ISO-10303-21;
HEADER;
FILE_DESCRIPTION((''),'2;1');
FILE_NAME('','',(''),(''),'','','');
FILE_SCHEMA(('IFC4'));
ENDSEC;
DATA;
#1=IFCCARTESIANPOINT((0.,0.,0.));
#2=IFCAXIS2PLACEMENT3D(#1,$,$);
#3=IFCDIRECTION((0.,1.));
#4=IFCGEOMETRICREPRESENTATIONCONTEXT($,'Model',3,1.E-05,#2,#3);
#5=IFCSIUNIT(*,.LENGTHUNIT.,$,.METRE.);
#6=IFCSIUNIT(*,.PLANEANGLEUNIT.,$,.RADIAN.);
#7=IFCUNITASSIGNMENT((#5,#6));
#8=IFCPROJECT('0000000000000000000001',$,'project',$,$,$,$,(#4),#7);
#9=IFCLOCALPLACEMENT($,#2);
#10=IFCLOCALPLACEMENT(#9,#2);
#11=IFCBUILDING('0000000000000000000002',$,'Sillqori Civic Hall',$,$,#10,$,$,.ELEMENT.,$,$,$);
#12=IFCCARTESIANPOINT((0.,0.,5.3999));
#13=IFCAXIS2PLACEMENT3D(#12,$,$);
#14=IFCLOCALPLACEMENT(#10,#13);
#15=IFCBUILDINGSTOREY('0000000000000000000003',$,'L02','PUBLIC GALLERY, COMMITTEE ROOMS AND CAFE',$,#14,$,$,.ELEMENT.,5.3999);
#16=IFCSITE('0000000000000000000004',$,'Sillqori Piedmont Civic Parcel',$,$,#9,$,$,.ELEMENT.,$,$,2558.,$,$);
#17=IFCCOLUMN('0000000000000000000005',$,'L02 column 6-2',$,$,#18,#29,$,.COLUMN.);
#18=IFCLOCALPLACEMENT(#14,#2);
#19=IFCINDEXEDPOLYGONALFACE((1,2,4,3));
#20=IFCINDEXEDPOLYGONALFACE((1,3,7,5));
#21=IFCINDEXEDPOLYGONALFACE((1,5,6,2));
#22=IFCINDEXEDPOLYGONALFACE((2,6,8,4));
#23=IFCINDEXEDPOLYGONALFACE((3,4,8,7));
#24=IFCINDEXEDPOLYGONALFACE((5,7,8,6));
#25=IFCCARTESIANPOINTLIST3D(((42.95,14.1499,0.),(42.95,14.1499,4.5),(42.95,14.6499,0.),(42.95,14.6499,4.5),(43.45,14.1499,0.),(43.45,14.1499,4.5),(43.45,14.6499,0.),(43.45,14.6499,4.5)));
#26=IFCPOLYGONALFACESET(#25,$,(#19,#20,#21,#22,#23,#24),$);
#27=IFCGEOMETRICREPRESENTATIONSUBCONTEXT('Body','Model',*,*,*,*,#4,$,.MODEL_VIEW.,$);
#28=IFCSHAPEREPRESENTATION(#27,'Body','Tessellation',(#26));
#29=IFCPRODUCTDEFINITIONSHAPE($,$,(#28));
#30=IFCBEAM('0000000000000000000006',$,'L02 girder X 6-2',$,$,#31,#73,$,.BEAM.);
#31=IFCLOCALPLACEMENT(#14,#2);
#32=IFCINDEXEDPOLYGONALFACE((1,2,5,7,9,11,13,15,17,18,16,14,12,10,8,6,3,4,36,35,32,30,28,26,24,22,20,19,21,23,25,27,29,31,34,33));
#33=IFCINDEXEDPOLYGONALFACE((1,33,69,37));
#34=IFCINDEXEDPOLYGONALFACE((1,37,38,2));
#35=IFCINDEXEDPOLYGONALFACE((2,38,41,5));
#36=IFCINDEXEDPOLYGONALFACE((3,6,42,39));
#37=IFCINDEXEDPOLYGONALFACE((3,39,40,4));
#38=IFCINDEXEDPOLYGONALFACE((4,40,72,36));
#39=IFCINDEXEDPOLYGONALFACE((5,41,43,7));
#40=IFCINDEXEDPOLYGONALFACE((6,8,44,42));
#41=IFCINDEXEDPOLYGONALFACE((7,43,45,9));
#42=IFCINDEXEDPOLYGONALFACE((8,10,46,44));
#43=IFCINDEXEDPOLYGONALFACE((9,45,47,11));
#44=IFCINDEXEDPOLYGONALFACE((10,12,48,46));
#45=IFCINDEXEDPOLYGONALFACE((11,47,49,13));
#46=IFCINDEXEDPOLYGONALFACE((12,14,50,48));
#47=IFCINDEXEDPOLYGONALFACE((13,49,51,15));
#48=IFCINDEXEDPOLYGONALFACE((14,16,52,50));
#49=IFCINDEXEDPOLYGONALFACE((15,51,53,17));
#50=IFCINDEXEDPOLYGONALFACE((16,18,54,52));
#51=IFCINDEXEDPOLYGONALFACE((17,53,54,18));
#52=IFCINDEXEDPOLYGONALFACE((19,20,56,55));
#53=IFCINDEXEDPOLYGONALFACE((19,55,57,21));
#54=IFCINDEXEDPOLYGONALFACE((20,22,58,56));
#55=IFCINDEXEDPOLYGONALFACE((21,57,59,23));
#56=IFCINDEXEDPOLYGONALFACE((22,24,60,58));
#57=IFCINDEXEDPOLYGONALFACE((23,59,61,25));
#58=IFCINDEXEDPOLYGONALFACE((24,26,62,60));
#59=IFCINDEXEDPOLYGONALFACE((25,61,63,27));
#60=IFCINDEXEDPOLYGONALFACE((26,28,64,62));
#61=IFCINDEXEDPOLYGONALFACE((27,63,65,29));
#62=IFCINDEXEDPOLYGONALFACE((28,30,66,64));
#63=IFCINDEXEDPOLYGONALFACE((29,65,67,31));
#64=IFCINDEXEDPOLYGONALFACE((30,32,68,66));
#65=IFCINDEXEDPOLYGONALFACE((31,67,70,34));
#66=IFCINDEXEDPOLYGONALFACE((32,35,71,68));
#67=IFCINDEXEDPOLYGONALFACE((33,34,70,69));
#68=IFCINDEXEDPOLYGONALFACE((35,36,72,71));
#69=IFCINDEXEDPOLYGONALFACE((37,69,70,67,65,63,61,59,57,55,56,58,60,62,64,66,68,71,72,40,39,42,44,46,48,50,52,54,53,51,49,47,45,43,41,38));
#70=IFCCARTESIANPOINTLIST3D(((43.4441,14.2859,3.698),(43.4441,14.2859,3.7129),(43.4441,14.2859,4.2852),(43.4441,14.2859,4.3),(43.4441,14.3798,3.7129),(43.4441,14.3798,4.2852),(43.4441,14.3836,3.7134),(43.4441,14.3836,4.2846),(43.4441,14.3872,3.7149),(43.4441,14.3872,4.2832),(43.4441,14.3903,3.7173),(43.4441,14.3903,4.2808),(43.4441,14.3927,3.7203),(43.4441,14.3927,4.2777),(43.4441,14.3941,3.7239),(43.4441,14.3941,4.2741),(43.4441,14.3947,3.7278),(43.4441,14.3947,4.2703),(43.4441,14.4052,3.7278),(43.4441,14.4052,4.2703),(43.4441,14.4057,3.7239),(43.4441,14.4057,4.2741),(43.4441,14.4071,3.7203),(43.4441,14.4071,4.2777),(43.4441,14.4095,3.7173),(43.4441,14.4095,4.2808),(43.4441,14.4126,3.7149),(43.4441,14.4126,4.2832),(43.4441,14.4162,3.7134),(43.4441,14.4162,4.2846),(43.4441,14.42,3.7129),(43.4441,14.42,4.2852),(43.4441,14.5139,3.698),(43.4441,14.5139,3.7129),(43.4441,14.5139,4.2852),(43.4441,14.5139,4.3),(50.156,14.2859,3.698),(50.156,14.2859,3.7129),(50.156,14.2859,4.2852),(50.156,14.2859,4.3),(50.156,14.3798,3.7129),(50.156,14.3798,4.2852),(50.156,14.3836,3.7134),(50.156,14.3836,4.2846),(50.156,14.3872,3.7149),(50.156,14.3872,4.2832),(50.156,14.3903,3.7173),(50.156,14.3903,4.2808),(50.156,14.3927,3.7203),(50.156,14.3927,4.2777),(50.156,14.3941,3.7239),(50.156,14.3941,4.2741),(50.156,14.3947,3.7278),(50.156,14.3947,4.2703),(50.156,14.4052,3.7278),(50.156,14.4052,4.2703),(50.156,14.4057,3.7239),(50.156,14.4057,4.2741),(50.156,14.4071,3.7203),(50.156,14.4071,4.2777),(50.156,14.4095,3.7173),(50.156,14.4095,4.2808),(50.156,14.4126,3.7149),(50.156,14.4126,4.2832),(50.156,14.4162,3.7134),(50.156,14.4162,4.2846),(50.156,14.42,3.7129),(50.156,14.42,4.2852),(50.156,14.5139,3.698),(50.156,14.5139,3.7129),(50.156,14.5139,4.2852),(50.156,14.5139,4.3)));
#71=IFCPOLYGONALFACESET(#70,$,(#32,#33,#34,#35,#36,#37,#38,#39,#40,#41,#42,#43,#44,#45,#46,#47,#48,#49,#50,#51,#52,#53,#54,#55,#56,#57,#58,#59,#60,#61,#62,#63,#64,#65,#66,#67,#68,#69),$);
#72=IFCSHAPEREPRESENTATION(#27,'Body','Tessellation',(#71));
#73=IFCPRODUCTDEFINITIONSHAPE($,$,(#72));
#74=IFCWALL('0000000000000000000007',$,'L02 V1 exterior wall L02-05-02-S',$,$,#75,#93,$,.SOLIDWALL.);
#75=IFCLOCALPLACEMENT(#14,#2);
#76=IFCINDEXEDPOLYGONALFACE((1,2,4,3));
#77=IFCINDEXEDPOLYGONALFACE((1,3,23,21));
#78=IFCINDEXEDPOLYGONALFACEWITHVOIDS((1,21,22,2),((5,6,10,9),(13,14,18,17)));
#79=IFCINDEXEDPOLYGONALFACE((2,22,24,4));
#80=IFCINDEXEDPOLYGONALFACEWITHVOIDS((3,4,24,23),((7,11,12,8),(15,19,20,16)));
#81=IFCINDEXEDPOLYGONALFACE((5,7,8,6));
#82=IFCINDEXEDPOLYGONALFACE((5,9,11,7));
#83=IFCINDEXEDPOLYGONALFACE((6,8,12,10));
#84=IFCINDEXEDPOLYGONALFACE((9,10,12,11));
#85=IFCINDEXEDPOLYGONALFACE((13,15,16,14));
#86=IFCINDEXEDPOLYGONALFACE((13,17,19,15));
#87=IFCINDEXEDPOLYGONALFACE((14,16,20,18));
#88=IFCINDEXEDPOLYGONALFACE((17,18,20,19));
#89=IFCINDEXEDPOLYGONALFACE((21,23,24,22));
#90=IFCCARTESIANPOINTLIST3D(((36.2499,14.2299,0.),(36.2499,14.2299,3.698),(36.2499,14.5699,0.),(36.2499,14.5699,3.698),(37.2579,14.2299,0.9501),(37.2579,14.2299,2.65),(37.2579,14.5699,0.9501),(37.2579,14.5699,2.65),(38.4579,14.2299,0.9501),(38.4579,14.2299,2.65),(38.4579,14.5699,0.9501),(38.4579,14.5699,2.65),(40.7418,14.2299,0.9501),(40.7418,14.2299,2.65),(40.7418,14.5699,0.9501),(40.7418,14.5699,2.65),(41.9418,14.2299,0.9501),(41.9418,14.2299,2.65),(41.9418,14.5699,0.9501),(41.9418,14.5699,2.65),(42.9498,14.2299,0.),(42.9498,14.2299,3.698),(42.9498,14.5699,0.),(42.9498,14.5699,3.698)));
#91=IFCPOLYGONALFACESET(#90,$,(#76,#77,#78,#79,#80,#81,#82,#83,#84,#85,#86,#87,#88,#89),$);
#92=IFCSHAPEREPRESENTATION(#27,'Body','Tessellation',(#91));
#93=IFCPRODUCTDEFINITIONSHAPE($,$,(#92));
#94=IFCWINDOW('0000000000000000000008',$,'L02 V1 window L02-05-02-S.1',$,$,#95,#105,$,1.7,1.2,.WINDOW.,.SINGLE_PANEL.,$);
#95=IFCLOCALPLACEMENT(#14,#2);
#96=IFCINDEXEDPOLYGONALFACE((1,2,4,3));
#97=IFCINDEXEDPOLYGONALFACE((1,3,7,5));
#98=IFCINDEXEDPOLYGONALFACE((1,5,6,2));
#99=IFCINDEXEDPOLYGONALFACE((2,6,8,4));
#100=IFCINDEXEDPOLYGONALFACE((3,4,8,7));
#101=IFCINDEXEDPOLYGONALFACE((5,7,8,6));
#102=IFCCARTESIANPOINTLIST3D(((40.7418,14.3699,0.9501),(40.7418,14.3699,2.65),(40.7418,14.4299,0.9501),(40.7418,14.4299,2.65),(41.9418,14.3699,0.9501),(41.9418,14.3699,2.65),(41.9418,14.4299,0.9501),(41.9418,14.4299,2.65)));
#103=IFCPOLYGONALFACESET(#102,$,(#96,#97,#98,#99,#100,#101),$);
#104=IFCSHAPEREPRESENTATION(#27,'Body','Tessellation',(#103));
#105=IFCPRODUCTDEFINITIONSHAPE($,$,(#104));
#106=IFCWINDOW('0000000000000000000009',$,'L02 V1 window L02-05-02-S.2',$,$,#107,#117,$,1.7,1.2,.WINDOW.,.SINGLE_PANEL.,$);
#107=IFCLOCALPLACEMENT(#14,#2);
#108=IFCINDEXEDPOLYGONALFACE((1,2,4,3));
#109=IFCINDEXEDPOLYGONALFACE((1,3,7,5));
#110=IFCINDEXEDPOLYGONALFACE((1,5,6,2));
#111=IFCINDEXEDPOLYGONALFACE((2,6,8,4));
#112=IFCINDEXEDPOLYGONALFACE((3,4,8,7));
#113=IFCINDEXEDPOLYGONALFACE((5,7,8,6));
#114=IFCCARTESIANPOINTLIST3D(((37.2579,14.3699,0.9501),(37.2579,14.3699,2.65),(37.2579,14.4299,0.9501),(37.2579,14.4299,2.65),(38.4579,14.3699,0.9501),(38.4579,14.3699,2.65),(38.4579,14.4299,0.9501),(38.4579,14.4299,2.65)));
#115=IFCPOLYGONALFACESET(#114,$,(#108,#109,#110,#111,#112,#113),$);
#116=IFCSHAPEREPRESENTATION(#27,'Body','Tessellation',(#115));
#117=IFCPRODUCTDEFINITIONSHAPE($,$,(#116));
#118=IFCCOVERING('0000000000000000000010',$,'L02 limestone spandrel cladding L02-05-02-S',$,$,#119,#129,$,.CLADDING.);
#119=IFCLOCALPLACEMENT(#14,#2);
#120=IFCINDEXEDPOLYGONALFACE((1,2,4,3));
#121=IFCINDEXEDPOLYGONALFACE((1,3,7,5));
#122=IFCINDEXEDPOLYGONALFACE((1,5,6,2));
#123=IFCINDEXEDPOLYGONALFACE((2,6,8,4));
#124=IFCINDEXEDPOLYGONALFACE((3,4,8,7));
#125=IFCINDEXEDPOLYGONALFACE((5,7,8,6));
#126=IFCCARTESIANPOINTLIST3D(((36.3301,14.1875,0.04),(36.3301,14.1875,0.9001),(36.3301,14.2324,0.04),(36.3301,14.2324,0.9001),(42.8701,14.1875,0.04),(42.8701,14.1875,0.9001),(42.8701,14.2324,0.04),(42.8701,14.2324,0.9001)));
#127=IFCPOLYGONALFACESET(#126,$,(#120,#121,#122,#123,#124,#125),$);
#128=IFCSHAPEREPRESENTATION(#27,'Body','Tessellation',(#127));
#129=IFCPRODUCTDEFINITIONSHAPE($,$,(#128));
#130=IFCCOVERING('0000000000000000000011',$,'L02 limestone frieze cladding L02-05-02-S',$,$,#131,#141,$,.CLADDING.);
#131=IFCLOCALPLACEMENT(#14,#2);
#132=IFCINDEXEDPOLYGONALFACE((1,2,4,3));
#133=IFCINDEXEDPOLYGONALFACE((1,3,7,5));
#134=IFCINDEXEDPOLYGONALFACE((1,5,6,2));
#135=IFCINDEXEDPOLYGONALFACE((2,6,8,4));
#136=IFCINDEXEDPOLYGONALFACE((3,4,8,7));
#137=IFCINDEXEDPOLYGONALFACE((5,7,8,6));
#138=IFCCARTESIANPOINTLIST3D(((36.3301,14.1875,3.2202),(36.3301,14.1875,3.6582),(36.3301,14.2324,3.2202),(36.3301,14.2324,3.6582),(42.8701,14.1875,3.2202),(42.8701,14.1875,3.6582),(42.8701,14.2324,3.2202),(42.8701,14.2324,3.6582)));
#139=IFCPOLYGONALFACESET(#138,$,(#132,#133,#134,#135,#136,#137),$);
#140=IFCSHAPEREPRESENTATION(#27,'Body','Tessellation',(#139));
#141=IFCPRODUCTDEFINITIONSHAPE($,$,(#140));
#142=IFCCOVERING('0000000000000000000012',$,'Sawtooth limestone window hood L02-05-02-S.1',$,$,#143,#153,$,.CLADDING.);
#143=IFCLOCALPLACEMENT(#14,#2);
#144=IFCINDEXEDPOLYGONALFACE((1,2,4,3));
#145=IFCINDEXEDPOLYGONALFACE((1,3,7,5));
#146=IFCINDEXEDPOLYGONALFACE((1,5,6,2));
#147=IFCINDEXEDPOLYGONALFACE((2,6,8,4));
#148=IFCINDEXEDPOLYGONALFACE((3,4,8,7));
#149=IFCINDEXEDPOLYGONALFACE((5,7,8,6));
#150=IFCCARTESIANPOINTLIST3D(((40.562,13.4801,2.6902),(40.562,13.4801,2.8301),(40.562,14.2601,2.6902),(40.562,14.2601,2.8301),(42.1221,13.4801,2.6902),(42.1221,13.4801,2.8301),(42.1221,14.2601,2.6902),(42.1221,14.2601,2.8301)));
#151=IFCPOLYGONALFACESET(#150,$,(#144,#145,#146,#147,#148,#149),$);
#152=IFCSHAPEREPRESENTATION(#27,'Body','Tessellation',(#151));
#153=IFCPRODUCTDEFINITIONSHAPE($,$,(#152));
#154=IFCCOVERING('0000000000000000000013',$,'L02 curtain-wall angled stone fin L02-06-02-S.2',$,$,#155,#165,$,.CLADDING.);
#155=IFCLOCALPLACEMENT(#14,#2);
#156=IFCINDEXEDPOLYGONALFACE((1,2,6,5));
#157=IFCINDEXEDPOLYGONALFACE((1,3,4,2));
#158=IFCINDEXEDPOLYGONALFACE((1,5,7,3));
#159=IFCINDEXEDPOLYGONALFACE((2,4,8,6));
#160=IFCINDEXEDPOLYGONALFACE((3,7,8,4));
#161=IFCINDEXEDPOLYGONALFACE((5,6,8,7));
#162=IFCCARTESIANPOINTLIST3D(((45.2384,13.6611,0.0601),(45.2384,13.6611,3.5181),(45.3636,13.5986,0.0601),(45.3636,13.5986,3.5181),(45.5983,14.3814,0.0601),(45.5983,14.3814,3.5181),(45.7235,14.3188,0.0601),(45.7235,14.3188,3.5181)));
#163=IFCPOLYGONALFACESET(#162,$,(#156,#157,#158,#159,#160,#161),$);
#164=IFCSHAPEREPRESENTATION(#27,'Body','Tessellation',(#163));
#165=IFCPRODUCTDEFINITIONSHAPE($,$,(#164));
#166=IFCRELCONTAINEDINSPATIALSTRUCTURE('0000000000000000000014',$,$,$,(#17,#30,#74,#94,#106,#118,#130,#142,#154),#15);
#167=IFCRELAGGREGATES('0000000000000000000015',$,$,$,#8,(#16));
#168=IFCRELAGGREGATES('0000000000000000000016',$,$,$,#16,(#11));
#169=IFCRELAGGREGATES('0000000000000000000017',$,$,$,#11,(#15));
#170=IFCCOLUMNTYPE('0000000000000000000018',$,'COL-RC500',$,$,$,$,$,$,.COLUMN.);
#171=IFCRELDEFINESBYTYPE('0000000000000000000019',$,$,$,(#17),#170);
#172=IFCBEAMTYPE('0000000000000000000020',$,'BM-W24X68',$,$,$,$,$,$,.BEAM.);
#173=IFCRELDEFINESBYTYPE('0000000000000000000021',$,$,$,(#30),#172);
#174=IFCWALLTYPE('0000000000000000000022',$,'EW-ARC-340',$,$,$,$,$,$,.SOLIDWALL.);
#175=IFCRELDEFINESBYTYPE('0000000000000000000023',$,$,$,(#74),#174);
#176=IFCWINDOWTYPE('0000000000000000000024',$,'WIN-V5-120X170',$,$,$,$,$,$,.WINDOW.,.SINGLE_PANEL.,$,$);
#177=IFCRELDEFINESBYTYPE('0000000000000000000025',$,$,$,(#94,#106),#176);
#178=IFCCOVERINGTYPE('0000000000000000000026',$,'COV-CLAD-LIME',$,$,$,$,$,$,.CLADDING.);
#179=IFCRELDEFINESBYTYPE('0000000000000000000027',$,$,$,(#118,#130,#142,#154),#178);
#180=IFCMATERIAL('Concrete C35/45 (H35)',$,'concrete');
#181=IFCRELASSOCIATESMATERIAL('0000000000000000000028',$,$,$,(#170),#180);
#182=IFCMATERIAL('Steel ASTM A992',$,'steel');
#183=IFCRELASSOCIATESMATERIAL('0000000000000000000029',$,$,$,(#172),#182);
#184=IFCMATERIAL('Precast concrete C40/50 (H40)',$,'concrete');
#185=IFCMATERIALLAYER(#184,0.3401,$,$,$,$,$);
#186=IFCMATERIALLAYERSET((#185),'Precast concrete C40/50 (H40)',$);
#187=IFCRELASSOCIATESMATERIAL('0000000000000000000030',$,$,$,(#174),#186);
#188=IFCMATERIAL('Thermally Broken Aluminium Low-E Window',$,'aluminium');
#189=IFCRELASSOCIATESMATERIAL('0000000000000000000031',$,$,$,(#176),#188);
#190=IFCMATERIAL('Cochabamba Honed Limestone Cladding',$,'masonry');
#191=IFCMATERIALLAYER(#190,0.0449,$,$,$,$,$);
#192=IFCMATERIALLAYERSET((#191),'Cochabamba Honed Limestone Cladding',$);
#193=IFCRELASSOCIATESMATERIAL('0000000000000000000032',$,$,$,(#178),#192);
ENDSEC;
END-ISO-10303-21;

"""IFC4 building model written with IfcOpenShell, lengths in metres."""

from ifc_helpers import new_model, si_unit, direction, frame, frame_2d, origin, origin_2d, place, context, subcontext, project, spatial, rectangle, i_section, extrude, material, layer, layer_set, material_profile, profile_set, type_object, element, fill, save


model = new_model("IFC4")

# Units and contexts
model_context = context("Model", 3, precision=1e-05, world=origin(), true_north=direction((0.0, 1.0)))
body_context = subcontext(model_context, "Body", "Model", "MODEL_VIEW")
ifc_project = project(units=[si_unit("LENGTHUNIT", "METRE"), si_unit("PLANEANGLEUNIT", "RADIAN")], contexts=[model_context])

# Site, building, storey
site_placement = place(None, origin())
site = spatial("IfcSite", under=ifc_project, at=site_placement, Name="Sillqori Piedmont Civic Parcel", CompositionType="ELEMENT", RefElevation=2558.0)
building_placement = place(site_placement, origin())
building = spatial("IfcBuilding", under=site, at=building_placement, Name="Sillqori Civic Hall", CompositionType="ELEMENT")
storey_placement = place(building_placement, frame((0.0, 0.0, 5.3999)))
storey = spatial("IfcBuildingStorey", under=building, at=storey_placement, Name="L02", Description="PUBLIC GALLERY, COMMITTEE ROOMS AND CAFE", CompositionType="ELEMENT", Elevation=5.3999)

# Column
ifc_material_1 = material(Name="Concrete C35/45 (H35)", Category="concrete")
ifc_material_profile_1 = material_profile(ifc_material_1, rectangle(XDim=0.5, YDim=0.5, at=origin_2d()), Name="RC 500x500")
ifc_profile_set_1 = profile_set([ifc_material_profile_1], Name="Concrete C35/45 (H35)")
column_type = type_object("IfcColumnType", Name="COL-RC500", PredefinedType="COLUMN", material=ifc_profile_set_1)
column_placement = place(storey_placement, frame((43.2, 14.3999, 0.0), z_axis=(0.0, 0.0, 1.0), x_axis=(1.0, 0.0, 0.0)))
element("IfcColumn", 1, at=column_placement, inside=storey, type_object=column_type, Name="L02 column 6-2", PredefinedType="COLUMN", context=body_context, shape_type="SweptSolid", body=[
    extrude(rectangle(XDim=0.5, YDim=0.5, at=origin_2d()), origin(), (0.0, 0.0, 1.0), 4.5),
])

# Beam
ifc_material_2 = material(Name="Steel ASTM A992", Category="steel")
ifc_material_profile_2 = material_profile(ifc_material_2, i_section(OverallWidth=0.228, OverallDepth=0.6021, WebThickness=0.0105, FlangeThickness=0.0149, FilletRadius=0.0149, at=origin_2d()), Name="W24X68")
ifc_profile_set_2 = profile_set([ifc_material_profile_2], Name="Steel ASTM A992")
beam_type = type_object("IfcBeamType", Name="BM-W24X68", PredefinedType="BEAM", material=ifc_profile_set_2)
beam_placement = place(storey_placement, frame((43.4441, 14.3999, 3.999), z_axis=(1.0, 0.0, 0.0), x_axis=(0.0, 1.0, 0.0)))
element("IfcBeam", 2, at=beam_placement, inside=storey, type_object=beam_type, Name="L02 girder X 6-2", PredefinedType="BEAM", context=body_context, shape_type="SweptSolid", body=[
    extrude(i_section(OverallWidth=0.228, OverallDepth=0.6021, WebThickness=0.0105, FlangeThickness=0.0149, FilletRadius=0.0149, at=origin_2d()), origin(), (0.0, 0.0, 1.0), 6.7119),
])

# Wall, openings, windows
ifc_material_3 = material(Name="Precast concrete C40/50 (H40)", Category="concrete")
ifc_layer_1 = layer(ifc_material_3, 0.3401)
ifc_layer_set_1 = layer_set([ifc_layer_1], Name="Precast concrete C40/50 (H40)")
wall_type = type_object("IfcWallType", Name="EW-ARC-340", PredefinedType="SOLIDWALL", material=ifc_layer_set_1)
wall_placement = place(storey_placement, frame((42.95, 14.3999, 0.0), z_axis=(0.0, 0.0, 1.0), x_axis=(-1.0, 0.0, 0.0)))
wall = element("IfcWall", 3, at=wall_placement, inside=storey, type_object=wall_type, Name="L02 V1 exterior wall L02-05-02-S", PredefinedType="SOLIDWALL", context=body_context, shape_type="SweptSolid", body=[
    extrude(rectangle(XDim=6.7, YDim=0.3401, at=frame_2d((3.3501, 0.0))), origin(), (0.0, 0.0, 1.0), 3.698),
])
opening_1_placement = place(wall_placement, frame((1.0081, 0.0, 0.95)))
opening_1 = element("IfcOpeningElement", 4, at=opening_1_placement, cuts=wall, PredefinedType="OPENING", context=body_context, shape_type="SweptSolid", body=[
    extrude(rectangle(XDim=1.2, YDim=1.7, at=frame_2d((0.6001, 0.8501))), frame((0.0, 0.1799, 0.0), z_axis=(0.0, -1.0, 0.0), x_axis=(1.0, 0.0, 0.0)), (0.0, 0.0, 1.0), 0.3601),
])
opening_2_placement = place(wall_placement, frame((4.4919, 0.0, 0.95)))
opening_2 = element("IfcOpeningElement", 5, at=opening_2_placement, cuts=wall, PredefinedType="OPENING", context=body_context, shape_type="SweptSolid", body=[
    extrude(rectangle(XDim=1.2, YDim=1.7, at=frame_2d((0.6001, 0.8501))), frame((0.0, 0.1799, 0.0), z_axis=(0.0, -1.0, 0.0), x_axis=(1.0, 0.0, 0.0)), (0.0, 0.0, 1.0), 0.3601),
])
ifc_material_4 = material(Name="Thermally Broken Aluminium Low-E Window", Category="aluminium")
window_type = type_object("IfcWindowType", Name="WIN-V5-120X170", PartitioningType="SINGLE_PANEL", PredefinedType="WINDOW", material=ifc_material_4)
window_1_placement = place(opening_1_placement, origin())
window_1 = element("IfcWindow", 6, at=window_1_placement, inside=storey, type_object=window_type, Name="L02 V1 window L02-05-02-S.1", OverallHeight=1.7, OverallWidth=1.2, PartitioningType="SINGLE_PANEL", PredefinedType="WINDOW", context=body_context, shape_type="SweptSolid", body=[
    extrude(rectangle(XDim=1.2, YDim=1.7, at=frame_2d((0.6001, 0.8501))), frame((0.0, 0.03, 0.0), z_axis=(0.0, -1.0, 0.0), x_axis=(1.0, 0.0, 0.0)), (0.0, 0.0, 1.0), 0.0601),
])
fill(opening_1, window_1)
window_2_placement = place(opening_2_placement, origin())
window_2 = element("IfcWindow", 7, at=window_2_placement, inside=storey, type_object=window_type, Name="L02 V1 window L02-05-02-S.2", OverallHeight=1.7, OverallWidth=1.2, PartitioningType="SINGLE_PANEL", PredefinedType="WINDOW", context=body_context, shape_type="SweptSolid", body=[
    extrude(rectangle(XDim=1.2, YDim=1.7, at=frame_2d((0.6001, 0.8501))), frame((0.0, 0.03, 0.0), z_axis=(0.0, -1.0, 0.0), x_axis=(1.0, 0.0, 0.0)), (0.0, 0.0, 1.0), 0.0601),
])
fill(opening_2, window_2)

# Coverings
ifc_material_5 = material(Name="Cochabamba Honed Limestone Cladding", Category="masonry")
ifc_layer_2 = layer(ifc_material_5, 0.0449)
ifc_layer_set_2 = layer_set([ifc_layer_2], Name="Cochabamba Honed Limestone Cladding")
covering_type = type_object("IfcCoveringType", Name="COV-CLAD-LIME", PredefinedType="CLADDING", material=ifc_layer_set_2)
covering_1_placement = place(storey_placement, frame((42.8701, 14.21, 0.04), z_axis=(0.0, 0.0, 1.0), x_axis=(-1.0, 0.0, 0.0)))
element("IfcCovering", 8, at=covering_1_placement, inside=storey, type_object=covering_type, Name="L02 limestone spandrel cladding L02-05-02-S", PredefinedType="CLADDING", context=body_context, shape_type="SweptSolid", body=[
    extrude(rectangle(XDim=6.54, YDim=0.0449, at=frame_2d((3.27, 0.0))), origin(), (0.0, 0.0, 1.0), 0.8601),
])
covering_2_placement = place(storey_placement, frame((42.8701, 14.21, 3.2202), z_axis=(0.0, 0.0, 1.0), x_axis=(-1.0, 0.0, 0.0)))
element("IfcCovering", 9, at=covering_2_placement, inside=storey, type_object=covering_type, Name="L02 limestone frieze cladding L02-05-02-S", PredefinedType="CLADDING", context=body_context, shape_type="SweptSolid", body=[
    extrude(rectangle(XDim=6.54, YDim=0.0449, at=frame_2d((3.27, 0.0))), origin(), (0.0, 0.0, 1.0), 0.438),
])
covering_3_placement = place(storey_placement, frame((42.1221, 13.8701, 2.6902), z_axis=(0.0, 0.0, 1.0), x_axis=(-1.0, 0.0, 0.0)))
element("IfcCovering", 10, at=covering_3_placement, inside=storey, type_object=covering_type, Name="Sawtooth limestone window hood L02-05-02-S.1", PredefinedType="CLADDING", context=body_context, shape_type="SweptSolid", body=[
    extrude(rectangle(XDim=1.5601, YDim=0.78, at=frame_2d((0.78, 0.0))), origin(), (0.0, 0.0, 1.0), 0.1399),
])
covering_4_placement = place(storey_placement, frame((45.6609, 14.3501, 0.0601), z_axis=(0.0, 0.0, 1.0), x_axis=(-0.446971, -0.894548, 0.0)))
element("IfcCovering", 11, at=covering_4_placement, inside=storey, type_object=covering_type, Name="L02 curtain-wall angled stone fin L02-06-02-S.2", PredefinedType="CLADDING", context=body_context, shape_type="SweptSolid", body=[
    extrude(rectangle(XDim=0.8052, YDim=0.1399, at=frame_2d((0.4026, 0.0))), origin(), (0.0, 0.0, 1.0), 3.458),
])

save(model, "model.ifc")
